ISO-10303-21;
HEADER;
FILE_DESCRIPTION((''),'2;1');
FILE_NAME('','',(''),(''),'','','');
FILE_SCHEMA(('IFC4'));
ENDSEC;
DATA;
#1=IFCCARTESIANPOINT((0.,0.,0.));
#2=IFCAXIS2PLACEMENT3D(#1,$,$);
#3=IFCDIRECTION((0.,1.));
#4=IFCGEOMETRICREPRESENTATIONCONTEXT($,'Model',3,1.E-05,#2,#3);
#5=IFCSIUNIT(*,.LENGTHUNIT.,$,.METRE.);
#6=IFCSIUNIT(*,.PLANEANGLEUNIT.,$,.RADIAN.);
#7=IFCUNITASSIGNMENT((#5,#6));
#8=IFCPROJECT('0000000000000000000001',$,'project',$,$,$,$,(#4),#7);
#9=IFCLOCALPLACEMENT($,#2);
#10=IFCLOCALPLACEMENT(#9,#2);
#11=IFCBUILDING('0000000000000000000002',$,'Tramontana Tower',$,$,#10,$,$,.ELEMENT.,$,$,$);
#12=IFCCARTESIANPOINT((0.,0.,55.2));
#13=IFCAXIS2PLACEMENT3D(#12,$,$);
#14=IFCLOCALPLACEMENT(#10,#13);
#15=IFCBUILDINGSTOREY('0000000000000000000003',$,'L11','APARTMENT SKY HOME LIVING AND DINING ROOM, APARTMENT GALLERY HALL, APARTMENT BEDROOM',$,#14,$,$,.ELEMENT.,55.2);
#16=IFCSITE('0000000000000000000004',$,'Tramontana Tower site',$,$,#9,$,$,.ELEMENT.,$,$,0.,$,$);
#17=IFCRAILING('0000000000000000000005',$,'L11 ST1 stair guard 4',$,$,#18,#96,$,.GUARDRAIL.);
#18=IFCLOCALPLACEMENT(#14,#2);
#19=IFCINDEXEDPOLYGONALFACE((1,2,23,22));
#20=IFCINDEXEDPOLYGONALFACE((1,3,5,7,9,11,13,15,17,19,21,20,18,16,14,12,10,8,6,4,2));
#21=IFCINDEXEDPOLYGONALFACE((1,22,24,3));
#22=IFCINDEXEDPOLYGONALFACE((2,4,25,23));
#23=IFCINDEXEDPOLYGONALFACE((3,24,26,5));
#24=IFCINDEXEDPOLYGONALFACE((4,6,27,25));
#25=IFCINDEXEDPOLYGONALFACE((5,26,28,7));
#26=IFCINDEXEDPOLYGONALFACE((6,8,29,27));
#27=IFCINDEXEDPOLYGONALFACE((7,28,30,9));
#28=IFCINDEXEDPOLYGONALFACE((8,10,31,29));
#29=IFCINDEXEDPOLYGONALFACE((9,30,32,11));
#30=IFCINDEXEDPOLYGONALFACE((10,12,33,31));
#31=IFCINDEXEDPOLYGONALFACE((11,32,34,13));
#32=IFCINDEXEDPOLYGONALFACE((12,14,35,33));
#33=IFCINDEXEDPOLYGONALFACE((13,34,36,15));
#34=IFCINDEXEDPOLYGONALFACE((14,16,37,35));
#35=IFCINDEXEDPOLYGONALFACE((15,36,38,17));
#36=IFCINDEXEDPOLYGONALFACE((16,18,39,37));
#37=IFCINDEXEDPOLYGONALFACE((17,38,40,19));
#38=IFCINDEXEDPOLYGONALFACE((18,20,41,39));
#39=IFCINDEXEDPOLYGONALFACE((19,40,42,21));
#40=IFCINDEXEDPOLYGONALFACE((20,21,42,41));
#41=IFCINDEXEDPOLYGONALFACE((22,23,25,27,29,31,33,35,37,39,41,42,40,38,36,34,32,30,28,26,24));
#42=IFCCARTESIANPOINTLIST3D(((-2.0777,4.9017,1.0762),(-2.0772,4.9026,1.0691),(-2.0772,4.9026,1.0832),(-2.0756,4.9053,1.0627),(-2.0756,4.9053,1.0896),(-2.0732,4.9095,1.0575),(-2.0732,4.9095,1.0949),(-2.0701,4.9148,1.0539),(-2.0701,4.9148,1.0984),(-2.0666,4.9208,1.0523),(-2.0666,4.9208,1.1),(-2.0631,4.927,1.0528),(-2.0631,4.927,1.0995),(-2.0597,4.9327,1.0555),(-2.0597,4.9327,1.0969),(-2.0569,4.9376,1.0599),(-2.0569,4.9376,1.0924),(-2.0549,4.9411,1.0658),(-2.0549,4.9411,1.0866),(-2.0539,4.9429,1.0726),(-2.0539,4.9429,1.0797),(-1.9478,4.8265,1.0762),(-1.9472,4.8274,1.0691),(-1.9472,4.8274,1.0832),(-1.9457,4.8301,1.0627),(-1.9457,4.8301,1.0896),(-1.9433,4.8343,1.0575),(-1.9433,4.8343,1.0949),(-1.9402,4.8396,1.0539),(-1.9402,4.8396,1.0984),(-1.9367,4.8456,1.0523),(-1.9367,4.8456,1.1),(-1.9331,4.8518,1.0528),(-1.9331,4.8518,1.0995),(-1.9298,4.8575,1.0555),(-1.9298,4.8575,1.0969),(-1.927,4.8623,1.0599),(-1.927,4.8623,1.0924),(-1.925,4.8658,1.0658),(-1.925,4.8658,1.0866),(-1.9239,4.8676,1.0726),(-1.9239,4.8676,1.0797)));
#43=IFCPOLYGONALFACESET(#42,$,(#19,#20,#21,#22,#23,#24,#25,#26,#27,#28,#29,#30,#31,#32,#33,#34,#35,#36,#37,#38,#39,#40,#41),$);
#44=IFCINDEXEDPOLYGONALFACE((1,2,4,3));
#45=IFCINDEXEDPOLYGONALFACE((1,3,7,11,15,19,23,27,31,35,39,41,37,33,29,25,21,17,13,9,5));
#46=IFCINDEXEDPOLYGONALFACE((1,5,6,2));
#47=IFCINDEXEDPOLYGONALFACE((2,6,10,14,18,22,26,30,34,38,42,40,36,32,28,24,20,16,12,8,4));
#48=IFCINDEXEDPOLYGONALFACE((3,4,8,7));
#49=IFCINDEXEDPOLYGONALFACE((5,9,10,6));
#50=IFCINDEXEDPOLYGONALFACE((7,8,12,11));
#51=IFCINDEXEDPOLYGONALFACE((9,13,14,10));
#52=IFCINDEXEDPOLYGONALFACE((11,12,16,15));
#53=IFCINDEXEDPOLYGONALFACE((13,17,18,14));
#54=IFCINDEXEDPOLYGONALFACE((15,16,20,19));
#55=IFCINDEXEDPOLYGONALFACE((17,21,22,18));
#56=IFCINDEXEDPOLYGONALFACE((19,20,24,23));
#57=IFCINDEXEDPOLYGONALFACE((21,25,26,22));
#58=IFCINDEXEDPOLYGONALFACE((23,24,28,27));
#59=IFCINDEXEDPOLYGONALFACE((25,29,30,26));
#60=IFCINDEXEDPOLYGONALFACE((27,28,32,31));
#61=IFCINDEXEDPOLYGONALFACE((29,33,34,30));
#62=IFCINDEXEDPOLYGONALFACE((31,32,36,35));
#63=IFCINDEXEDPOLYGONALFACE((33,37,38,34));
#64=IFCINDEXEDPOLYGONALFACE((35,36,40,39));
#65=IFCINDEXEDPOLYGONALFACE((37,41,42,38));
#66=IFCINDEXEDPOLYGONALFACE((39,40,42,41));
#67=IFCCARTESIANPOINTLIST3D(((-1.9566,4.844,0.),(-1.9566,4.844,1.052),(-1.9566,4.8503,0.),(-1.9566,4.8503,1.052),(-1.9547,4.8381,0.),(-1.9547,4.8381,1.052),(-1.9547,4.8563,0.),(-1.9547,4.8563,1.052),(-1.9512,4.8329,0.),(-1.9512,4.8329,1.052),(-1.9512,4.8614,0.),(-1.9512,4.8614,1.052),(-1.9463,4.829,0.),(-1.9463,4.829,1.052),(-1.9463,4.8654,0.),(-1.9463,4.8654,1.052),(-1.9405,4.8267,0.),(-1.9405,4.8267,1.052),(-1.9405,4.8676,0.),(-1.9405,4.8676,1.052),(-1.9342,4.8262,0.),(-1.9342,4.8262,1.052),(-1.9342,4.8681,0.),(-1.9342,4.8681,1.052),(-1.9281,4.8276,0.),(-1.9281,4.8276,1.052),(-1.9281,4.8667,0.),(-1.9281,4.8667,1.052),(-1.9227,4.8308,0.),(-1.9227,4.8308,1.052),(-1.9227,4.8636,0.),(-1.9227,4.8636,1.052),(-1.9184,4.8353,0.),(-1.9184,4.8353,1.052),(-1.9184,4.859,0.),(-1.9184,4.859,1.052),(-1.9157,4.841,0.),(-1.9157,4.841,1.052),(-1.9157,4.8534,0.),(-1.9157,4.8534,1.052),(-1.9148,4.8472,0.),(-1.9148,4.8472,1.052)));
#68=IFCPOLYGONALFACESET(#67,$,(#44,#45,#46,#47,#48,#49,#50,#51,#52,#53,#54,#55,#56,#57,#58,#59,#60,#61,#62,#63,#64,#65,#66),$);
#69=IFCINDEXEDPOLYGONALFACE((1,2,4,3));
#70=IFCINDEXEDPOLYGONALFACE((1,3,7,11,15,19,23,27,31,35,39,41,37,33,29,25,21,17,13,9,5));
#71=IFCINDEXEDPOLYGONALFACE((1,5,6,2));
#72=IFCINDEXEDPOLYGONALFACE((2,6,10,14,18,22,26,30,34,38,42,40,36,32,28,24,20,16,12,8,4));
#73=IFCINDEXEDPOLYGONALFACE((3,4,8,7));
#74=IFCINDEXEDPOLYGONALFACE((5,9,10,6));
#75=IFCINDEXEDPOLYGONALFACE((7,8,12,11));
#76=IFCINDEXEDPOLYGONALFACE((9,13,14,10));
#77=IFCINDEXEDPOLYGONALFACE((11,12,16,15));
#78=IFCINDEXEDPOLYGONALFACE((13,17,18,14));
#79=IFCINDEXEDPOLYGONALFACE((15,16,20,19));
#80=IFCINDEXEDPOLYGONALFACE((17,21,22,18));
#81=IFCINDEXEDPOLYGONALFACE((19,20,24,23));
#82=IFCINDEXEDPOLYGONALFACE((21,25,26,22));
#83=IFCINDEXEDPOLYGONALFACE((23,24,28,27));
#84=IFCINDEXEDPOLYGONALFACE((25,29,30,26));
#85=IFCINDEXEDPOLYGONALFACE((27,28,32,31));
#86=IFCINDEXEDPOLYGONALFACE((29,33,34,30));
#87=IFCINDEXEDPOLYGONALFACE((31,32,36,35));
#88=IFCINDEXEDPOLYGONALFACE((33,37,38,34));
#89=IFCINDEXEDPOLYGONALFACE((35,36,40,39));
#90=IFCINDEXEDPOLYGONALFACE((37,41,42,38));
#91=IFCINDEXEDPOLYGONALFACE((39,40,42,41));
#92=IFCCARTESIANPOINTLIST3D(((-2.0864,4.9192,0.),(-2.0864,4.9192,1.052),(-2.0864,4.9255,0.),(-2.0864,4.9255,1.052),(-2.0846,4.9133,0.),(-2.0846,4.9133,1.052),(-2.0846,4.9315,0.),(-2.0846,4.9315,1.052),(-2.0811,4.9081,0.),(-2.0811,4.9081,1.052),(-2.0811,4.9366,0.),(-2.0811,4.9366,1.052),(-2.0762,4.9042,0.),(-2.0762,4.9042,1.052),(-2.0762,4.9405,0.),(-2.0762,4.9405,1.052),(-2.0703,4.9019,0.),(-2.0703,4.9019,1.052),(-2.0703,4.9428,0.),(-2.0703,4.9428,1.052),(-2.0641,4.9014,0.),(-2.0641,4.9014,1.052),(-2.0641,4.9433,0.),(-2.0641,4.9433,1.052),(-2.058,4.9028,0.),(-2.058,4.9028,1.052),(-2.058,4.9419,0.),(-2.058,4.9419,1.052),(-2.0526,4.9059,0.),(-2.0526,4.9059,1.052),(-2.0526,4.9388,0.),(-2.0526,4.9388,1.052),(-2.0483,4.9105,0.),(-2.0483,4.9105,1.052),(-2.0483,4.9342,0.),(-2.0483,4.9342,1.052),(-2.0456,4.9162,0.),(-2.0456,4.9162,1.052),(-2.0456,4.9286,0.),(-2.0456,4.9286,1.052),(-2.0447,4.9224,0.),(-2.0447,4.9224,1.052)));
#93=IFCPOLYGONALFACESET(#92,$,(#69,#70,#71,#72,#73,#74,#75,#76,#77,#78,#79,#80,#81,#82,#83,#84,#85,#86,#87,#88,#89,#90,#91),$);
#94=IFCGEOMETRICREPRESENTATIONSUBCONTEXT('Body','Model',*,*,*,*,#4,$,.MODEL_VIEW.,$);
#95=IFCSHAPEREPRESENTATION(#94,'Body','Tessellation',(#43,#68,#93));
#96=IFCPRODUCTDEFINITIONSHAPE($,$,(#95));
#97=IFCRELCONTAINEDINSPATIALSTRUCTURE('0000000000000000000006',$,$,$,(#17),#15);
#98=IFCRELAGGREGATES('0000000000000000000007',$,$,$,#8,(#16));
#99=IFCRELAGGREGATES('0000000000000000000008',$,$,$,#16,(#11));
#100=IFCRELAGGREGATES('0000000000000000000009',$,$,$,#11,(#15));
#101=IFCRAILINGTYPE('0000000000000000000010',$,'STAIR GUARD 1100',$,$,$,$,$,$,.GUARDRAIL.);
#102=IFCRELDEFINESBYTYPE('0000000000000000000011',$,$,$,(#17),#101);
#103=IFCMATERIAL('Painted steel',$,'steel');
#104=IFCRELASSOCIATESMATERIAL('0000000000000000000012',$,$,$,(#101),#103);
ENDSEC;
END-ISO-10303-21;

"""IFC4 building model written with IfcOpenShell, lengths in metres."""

from ifc_helpers import new_model, si_unit, direction, frame, origin, origin_2d, place, context, subcontext, project, spatial, circle, extrude, material, type_object, element, save


model = new_model("IFC4")

# Units and contexts
model_context = context("Model", 3, precision=1e-05, world=origin(), true_north=direction((0.0, 1.0)))
body_context = subcontext(model_context, "Body", "Model", "MODEL_VIEW")
ifc_project = project(units=[si_unit("LENGTHUNIT", "METRE"), si_unit("PLANEANGLEUNIT", "RADIAN")], contexts=[model_context])

# Site, building, storey
site_placement = place(None, origin())
site = spatial("IfcSite", under=ifc_project, at=site_placement, Name="Tramontana Tower site", CompositionType="ELEMENT", RefElevation=0.0)
building_placement = place(site_placement, origin())
building = spatial("IfcBuilding", under=site, at=building_placement, Name="Tramontana Tower", CompositionType="ELEMENT")
storey_placement = place(building_placement, frame((0.0, 0.0, 55.2)))
storey = spatial("IfcBuildingStorey", under=building, at=storey_placement, Name="L11", Description="APARTMENT SKY HOME LIVING AND DINING ROOM, APARTMENT GALLERY HALL, APARTMENT BEDROOM", CompositionType="ELEMENT", Elevation=55.2)

# Railing
ifc_material_1 = material(Name="Painted steel", Category="steel")
railing_type_1 = type_object("IfcRailingType", Name="STAIR GUARD 1100", PredefinedType="GUARDRAIL", material=ifc_material_1)
railing_1_placement = place(storey_placement, frame((-1.9358, 4.8472, 0.0)))
element("IfcRailing", 1, at=railing_1_placement, inside=storey, type_object=railing_type_1, Name="L11 ST1 stair guard 4", PredefinedType="GUARDRAIL", context=body_context, shape_type="SweptSolid", body=[
    extrude(circle(Radius=0.0239, at=origin_2d()), frame((0.0, 0.0, 1.0762), z_axis=(-0.865426, 0.501036, 0.0), x_axis=(-0.501036, -0.865426, 0.0)), (0.0, 0.0, 1.0), 0.1501),
    extrude(circle(Radius=0.021, at=origin_2d()), origin(), (0.0, 0.0, 1.0), 1.052),
    extrude(circle(Radius=0.021, at=origin_2d()), frame((-0.1299, 0.0752, 0.0)), (0.0, 0.0, 1.0), 1.052),
])

save(model, "model.ifc")
